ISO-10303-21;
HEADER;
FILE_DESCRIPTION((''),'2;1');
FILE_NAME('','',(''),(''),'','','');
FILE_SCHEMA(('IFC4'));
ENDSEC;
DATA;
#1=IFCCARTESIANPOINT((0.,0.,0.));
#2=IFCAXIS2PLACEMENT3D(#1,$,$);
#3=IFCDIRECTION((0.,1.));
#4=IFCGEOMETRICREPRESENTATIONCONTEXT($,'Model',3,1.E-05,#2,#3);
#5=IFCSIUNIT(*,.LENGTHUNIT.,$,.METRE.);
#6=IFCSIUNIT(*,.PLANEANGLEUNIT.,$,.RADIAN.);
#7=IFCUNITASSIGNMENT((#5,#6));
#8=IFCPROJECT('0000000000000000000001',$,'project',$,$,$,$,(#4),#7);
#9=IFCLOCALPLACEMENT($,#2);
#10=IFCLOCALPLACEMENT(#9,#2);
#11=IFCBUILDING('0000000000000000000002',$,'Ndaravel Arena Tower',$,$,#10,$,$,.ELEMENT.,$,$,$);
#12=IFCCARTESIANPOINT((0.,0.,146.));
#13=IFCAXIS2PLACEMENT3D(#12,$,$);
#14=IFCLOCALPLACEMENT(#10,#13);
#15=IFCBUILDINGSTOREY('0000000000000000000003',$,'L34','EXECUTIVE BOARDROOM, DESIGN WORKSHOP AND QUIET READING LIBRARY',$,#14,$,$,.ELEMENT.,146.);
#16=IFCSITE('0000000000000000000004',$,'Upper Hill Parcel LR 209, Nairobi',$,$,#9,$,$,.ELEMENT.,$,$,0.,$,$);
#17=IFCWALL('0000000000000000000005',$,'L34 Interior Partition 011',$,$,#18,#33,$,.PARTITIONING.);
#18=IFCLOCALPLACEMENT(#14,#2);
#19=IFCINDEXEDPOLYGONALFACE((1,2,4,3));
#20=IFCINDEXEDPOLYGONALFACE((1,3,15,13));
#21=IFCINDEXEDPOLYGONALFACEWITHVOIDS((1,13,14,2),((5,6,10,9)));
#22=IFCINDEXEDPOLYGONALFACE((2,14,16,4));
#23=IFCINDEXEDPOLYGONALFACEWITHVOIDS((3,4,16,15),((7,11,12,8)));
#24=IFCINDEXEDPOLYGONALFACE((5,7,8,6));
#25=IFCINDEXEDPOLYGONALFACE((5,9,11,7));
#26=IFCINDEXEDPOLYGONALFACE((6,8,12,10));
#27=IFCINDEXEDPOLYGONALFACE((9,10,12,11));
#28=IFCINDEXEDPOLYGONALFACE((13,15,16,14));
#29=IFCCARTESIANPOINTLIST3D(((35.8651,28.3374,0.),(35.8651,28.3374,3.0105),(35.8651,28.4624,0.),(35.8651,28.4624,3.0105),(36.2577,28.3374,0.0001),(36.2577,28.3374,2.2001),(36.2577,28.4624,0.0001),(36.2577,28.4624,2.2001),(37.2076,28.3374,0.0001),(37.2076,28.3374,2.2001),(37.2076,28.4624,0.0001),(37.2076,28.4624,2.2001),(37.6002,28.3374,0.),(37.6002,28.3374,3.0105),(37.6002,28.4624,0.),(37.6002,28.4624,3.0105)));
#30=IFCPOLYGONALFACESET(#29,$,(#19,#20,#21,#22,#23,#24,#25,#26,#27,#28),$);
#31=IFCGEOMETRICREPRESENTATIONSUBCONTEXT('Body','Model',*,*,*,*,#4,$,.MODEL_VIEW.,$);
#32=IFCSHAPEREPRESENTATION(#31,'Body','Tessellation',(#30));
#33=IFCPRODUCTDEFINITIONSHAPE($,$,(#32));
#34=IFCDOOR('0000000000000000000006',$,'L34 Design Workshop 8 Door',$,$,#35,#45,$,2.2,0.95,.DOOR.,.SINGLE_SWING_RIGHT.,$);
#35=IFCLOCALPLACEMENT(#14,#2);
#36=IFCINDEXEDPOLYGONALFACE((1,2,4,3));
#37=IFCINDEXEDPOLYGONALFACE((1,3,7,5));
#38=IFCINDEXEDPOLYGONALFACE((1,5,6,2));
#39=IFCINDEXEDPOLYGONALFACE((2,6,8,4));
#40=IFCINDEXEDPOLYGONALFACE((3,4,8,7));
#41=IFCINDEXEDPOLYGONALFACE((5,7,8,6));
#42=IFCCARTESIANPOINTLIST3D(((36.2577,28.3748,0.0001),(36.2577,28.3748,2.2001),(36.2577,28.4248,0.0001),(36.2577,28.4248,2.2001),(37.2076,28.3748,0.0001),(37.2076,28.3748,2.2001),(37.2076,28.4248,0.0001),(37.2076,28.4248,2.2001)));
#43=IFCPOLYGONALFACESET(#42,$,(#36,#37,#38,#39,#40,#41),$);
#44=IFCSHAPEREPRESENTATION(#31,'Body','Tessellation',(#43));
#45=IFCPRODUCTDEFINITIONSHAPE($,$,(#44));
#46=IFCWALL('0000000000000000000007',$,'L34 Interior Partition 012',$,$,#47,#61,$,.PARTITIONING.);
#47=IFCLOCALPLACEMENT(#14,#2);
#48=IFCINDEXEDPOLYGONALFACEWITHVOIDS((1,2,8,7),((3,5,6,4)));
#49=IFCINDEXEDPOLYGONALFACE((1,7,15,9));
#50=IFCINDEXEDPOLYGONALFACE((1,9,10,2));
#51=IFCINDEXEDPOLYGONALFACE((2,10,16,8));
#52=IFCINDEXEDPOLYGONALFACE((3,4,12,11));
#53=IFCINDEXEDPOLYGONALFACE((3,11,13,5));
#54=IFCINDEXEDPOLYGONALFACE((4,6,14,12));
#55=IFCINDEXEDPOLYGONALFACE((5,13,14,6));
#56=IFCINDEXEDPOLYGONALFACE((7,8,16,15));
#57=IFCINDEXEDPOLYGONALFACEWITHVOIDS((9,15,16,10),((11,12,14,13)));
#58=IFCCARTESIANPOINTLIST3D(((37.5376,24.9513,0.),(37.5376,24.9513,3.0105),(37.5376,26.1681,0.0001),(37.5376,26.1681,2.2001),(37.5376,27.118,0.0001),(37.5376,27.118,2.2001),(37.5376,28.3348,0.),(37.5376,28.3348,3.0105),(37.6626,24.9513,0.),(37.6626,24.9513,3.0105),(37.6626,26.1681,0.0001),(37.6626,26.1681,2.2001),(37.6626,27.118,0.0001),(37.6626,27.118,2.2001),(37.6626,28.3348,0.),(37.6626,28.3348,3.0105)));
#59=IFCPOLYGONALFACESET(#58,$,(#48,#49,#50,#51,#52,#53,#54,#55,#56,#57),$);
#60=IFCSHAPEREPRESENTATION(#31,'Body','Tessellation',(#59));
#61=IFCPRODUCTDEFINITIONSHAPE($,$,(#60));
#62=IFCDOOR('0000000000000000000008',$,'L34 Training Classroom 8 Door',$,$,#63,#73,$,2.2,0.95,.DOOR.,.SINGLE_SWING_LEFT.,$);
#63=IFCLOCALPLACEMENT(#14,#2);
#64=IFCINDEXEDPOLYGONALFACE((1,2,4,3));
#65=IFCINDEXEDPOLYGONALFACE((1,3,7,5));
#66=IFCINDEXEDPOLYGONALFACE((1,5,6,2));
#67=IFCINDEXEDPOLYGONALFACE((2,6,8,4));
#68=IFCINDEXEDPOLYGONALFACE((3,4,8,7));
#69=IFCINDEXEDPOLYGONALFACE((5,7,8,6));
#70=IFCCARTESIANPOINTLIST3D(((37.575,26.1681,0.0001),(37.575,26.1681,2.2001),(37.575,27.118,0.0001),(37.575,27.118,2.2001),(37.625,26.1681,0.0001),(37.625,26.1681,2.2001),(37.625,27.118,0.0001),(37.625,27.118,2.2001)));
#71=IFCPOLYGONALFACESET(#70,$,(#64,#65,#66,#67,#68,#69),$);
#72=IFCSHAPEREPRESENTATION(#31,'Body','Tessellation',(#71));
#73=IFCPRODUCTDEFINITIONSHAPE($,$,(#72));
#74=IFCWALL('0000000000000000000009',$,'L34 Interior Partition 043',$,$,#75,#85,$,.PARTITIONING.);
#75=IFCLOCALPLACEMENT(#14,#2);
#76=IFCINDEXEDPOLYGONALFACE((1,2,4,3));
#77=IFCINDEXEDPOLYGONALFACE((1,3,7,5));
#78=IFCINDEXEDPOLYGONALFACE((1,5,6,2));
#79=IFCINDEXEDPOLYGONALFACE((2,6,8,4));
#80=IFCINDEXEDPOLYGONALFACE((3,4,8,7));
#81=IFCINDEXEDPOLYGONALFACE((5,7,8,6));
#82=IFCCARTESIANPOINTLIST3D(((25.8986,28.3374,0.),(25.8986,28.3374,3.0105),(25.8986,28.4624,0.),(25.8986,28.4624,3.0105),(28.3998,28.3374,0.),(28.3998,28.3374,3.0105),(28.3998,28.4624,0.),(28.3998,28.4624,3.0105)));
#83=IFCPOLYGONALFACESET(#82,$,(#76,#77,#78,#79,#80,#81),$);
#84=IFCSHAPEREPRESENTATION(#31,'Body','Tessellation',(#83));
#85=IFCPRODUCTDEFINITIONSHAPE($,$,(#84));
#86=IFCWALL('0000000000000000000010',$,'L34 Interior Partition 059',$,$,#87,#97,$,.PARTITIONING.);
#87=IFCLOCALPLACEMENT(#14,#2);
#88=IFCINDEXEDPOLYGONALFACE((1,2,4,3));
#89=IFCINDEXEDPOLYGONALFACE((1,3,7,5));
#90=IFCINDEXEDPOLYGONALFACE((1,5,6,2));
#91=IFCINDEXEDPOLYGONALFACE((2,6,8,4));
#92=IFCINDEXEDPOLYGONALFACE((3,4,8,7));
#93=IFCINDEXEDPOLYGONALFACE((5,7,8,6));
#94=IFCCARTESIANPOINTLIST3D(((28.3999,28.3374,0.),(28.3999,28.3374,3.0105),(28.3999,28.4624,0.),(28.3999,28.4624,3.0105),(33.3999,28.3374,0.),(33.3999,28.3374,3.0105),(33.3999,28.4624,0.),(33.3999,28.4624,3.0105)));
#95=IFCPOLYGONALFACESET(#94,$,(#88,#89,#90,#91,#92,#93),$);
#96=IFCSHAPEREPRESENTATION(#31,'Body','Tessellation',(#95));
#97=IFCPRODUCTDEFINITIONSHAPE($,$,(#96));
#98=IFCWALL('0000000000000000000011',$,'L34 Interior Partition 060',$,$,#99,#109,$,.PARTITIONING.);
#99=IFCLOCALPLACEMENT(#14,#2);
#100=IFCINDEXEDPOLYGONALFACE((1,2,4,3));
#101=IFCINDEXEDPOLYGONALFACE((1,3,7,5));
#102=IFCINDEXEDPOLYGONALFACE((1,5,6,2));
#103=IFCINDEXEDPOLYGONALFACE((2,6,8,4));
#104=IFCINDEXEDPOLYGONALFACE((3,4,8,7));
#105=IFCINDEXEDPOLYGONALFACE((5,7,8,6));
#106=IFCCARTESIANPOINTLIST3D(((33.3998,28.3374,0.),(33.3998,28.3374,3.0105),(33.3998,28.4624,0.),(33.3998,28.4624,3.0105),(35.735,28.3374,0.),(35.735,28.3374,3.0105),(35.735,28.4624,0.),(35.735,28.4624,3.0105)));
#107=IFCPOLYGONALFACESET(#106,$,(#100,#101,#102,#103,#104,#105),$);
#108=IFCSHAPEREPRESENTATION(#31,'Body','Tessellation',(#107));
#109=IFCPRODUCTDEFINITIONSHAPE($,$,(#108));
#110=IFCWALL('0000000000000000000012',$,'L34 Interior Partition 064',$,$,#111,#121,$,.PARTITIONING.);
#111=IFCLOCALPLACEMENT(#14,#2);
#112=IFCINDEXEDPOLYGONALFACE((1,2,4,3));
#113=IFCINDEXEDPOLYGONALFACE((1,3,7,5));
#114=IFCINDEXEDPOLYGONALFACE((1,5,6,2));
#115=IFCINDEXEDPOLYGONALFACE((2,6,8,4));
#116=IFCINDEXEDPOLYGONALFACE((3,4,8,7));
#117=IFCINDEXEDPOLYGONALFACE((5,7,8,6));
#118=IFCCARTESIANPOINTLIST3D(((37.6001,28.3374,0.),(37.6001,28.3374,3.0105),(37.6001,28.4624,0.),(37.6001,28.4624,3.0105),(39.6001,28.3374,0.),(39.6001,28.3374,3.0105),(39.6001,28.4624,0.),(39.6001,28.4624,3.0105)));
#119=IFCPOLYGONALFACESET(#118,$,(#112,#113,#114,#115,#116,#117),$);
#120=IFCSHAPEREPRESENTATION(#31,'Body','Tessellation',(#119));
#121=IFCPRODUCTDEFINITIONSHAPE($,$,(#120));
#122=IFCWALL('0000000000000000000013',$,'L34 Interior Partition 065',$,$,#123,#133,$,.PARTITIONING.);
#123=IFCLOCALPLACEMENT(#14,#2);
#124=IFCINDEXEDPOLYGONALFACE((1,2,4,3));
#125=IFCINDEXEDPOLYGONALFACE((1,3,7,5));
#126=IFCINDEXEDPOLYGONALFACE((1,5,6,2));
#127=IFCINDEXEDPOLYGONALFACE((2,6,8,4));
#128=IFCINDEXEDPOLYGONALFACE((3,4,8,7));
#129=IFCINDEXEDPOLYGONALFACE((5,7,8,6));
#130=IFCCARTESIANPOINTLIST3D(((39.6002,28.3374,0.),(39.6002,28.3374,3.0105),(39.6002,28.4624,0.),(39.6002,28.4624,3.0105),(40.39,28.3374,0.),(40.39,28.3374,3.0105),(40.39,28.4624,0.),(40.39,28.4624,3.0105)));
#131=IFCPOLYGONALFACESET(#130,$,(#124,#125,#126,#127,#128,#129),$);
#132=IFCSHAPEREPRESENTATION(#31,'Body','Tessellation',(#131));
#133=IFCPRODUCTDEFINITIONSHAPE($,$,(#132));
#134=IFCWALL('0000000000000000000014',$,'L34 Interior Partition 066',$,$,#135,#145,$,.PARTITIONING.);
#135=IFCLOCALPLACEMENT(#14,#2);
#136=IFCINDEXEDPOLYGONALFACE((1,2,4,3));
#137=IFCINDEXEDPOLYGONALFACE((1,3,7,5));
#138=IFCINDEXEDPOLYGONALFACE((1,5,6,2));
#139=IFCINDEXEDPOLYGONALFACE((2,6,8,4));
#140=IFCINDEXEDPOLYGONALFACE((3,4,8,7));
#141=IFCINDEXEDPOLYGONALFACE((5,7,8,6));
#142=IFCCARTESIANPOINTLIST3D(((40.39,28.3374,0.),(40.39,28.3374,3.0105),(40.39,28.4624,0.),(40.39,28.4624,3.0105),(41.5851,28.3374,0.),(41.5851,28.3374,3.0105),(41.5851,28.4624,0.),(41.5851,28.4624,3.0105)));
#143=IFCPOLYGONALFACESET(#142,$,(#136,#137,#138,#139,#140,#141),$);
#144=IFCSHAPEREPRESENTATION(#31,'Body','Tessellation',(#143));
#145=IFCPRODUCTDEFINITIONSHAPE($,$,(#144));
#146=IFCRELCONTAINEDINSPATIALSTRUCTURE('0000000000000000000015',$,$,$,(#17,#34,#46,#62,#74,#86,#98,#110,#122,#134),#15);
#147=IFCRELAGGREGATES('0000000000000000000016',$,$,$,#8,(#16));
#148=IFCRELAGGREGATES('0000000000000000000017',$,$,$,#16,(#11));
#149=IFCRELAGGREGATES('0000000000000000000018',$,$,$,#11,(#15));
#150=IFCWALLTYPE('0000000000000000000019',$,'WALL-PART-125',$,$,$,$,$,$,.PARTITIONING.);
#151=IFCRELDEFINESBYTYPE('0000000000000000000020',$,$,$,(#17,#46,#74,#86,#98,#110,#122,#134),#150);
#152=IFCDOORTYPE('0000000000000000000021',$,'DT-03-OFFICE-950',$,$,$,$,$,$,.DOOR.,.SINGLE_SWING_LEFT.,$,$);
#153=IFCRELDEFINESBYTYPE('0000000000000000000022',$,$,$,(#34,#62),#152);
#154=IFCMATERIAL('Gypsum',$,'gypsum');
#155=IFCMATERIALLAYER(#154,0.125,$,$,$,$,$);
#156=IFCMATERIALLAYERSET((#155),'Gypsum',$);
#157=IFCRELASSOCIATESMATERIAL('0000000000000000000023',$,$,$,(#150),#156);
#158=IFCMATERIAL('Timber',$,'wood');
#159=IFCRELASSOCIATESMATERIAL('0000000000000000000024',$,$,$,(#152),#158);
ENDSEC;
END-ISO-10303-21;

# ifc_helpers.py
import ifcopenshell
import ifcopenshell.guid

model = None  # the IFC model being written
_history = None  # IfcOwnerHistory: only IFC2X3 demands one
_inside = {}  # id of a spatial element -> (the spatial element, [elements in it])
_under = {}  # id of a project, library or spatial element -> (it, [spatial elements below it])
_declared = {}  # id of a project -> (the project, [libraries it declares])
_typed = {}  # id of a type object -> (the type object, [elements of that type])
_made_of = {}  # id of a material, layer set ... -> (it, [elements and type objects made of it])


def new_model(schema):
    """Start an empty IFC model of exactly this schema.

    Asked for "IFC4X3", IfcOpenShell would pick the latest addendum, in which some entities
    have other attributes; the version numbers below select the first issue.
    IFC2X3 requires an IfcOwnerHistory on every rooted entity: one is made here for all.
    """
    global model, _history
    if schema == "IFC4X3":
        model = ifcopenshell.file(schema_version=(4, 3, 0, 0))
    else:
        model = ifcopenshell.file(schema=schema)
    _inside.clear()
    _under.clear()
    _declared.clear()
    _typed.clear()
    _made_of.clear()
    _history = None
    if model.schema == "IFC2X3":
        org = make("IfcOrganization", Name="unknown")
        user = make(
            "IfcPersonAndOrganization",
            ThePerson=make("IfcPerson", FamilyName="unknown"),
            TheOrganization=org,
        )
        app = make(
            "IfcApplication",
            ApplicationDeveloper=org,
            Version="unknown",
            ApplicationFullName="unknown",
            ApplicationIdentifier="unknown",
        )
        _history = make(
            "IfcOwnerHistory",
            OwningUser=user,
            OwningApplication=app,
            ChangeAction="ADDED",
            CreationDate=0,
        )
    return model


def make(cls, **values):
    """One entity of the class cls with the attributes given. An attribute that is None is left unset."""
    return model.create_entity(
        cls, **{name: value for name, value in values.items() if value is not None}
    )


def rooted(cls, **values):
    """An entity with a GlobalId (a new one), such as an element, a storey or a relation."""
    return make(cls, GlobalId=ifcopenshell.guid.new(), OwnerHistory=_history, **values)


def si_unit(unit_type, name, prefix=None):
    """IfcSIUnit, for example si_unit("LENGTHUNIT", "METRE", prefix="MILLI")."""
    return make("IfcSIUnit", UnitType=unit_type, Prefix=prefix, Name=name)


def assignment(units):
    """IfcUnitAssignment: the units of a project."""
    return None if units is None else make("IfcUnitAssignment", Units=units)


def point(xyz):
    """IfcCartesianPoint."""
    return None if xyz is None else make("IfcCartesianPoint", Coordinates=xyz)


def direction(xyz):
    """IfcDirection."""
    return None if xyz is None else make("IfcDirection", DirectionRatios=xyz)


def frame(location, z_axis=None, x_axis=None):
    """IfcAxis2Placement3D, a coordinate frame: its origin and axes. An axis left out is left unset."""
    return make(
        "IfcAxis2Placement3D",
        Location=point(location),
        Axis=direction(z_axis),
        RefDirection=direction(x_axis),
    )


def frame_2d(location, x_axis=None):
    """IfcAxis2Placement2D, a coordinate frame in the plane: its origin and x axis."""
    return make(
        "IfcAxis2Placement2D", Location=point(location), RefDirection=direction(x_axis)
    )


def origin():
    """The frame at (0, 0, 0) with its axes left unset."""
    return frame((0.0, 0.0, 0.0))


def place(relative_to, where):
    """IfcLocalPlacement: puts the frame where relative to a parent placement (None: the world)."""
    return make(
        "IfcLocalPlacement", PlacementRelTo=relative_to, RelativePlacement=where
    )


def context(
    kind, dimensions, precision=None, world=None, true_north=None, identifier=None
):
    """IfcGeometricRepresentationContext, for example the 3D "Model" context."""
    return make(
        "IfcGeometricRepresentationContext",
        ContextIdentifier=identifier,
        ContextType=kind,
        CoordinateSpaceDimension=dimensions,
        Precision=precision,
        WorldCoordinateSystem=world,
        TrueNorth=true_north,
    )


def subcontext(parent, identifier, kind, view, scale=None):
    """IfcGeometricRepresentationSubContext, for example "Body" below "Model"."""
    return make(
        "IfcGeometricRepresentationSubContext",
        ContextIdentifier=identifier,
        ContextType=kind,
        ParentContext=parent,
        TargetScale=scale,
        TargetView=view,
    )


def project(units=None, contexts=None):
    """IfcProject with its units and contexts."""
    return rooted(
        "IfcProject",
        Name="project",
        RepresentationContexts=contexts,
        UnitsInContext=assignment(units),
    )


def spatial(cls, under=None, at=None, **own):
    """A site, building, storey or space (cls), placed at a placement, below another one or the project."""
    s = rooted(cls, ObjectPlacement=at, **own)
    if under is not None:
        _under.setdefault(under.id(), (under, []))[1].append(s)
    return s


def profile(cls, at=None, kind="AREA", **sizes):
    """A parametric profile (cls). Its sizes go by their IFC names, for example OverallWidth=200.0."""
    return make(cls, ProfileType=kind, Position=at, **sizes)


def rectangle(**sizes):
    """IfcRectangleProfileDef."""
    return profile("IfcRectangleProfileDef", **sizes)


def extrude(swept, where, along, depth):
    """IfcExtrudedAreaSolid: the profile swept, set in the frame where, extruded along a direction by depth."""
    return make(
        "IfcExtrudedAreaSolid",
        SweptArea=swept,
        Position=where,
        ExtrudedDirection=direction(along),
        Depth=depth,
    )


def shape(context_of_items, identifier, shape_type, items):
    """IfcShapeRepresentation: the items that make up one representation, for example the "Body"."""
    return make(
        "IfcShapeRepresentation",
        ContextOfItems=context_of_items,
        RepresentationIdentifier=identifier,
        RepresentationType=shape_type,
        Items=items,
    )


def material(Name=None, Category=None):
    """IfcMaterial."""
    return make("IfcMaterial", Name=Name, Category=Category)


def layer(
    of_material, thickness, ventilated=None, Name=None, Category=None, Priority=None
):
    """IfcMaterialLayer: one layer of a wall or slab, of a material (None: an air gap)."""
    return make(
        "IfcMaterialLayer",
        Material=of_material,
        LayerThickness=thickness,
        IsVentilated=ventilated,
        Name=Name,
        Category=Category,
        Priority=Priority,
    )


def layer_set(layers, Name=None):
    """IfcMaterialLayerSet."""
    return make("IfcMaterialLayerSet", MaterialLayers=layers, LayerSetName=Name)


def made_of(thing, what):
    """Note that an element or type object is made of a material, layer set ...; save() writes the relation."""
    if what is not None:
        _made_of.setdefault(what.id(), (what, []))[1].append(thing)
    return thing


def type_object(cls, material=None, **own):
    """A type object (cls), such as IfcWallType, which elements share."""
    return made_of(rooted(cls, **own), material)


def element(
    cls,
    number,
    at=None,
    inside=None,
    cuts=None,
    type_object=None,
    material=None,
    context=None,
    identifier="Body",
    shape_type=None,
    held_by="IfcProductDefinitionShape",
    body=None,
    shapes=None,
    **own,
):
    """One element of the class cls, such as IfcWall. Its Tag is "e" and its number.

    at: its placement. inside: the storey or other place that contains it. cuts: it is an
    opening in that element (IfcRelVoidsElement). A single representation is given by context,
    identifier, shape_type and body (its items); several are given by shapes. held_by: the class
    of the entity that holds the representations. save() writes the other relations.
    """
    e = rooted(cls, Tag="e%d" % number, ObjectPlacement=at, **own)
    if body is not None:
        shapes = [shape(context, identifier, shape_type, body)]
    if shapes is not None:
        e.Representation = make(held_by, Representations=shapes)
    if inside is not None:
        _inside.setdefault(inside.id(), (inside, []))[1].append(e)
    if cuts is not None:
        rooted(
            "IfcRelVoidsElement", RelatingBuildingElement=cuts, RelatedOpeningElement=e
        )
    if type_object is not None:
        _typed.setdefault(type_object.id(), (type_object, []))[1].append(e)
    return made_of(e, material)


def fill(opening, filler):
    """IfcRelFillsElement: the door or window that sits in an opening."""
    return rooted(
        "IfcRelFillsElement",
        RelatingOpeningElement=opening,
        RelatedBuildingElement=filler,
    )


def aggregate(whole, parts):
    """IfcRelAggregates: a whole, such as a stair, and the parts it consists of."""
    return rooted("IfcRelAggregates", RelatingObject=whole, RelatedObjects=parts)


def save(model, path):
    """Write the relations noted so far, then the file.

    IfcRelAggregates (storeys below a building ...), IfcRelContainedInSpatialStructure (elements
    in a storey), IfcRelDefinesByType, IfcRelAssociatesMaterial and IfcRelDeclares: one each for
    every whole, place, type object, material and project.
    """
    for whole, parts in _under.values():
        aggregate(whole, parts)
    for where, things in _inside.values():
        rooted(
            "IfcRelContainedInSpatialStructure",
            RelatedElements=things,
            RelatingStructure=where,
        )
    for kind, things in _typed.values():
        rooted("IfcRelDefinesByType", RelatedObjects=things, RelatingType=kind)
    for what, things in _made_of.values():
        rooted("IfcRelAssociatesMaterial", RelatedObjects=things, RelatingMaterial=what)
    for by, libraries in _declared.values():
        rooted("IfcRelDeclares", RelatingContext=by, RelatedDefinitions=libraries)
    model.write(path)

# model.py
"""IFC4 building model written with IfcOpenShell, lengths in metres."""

from ifc_helpers import new_model, si_unit, direction, frame, frame_2d, origin, place, context, subcontext, project, spatial, rectangle, extrude, material, layer, layer_set, type_object, element, fill, save


model = new_model("IFC4")

# Units and contexts
model_context = context("Model", 3, precision=1e-05, world=origin(), true_north=direction((0.0, 1.0)))
body_context = subcontext(model_context, "Body", "Model", "MODEL_VIEW")
ifc_project = project(units=[si_unit("LENGTHUNIT", "METRE"), si_unit("PLANEANGLEUNIT", "RADIAN")], contexts=[model_context])

# Site, building, storey
site_placement = place(None, origin())
site = spatial("IfcSite", under=ifc_project, at=site_placement, Name="Upper Hill Parcel LR 209, Nairobi", CompositionType="ELEMENT", RefElevation=0.0)
building_placement = place(site_placement, origin())
building = spatial("IfcBuilding", under=site, at=building_placement, Name="Ndaravel Arena Tower", CompositionType="ELEMENT")
storey_placement = place(building_placement, frame((0.0, 0.0, 146.0)))
storey = spatial("IfcBuildingStorey", under=building, at=storey_placement, Name="L34", Description="EXECUTIVE BOARDROOM, DESIGN WORKSHOP AND QUIET READING LIBRARY", CompositionType="ELEMENT", Elevation=146.0)

# Walls, openings, doors
ifc_material_1 = material(Name="Gypsum", Category="gypsum")
ifc_layer_1 = layer(ifc_material_1, 0.125)
ifc_layer_set_1 = layer_set([ifc_layer_1], Name="Gypsum")
wall_type = type_object("IfcWallType", Name="WALL-PART-125", PredefinedType="PARTITIONING", material=ifc_layer_set_1)
wall_1_placement = place(storey_placement, frame((35.865, 28.3999, 0.0), z_axis=(0.0, 0.0, 1.0), x_axis=(1.0, 0.0, 0.0)))
wall_1 = element("IfcWall", 1, at=wall_1_placement, inside=storey, type_object=wall_type, Name="L34 Interior Partition 011", PredefinedType="PARTITIONING", context=body_context, shape_type="SweptSolid", body=[
    extrude(rectangle(XDim=1.7351, YDim=0.125, at=frame_2d((0.8677, 0.0))), origin(), (0.0, 0.0, 1.0), 3.0105),
])
opening_1_placement = place(wall_1_placement, frame((0.3926, 0.0, 0.0)))
opening_1 = element("IfcOpeningElement", 2, at=opening_1_placement, cuts=wall_1, PredefinedType="OPENING", context=body_context, shape_type="SweptSolid", body=[
    extrude(rectangle(XDim=0.95, YDim=2.2, at=frame_2d((0.4751, 1.1001))), frame((0.0, 0.0625, 0.0), z_axis=(0.0, -1.0, 0.0), x_axis=(1.0, 0.0, 0.0)), (0.0, 0.0, 1.0), 0.125),
])
ifc_material_2 = material(Name="Timber", Category="wood")
door_type = type_object("IfcDoorType", Name="DT-03-OFFICE-950", OperationType="SINGLE_SWING_LEFT", PredefinedType="DOOR", material=ifc_material_2)
door_1_placement = place(opening_1_placement, origin())
door_1 = element("IfcDoor", 3, at=door_1_placement, inside=storey, type_object=door_type, Name="L34 Design Workshop 8 Door", OperationType="SINGLE_SWING_RIGHT", OverallHeight=2.2, OverallWidth=0.95, PredefinedType="DOOR", context=body_context, shape_type="SweptSolid", body=[
    extrude(rectangle(XDim=0.95, YDim=2.2, at=frame_2d((0.4751, 1.1001))), frame((0.0, 0.0249, 0.0), z_axis=(0.0, -1.0, 0.0), x_axis=(1.0, 0.0, 0.0)), (0.0, 0.0, 1.0), 0.05),
])
fill(opening_1, door_1)
wall_2_placement = place(storey_placement, frame((37.6001, 28.335, 0.0), z_axis=(0.0, 0.0, 1.0), x_axis=(0.0, -1.0, 0.0)))
wall_2 = element("IfcWall", 4, at=wall_2_placement, inside=storey, type_object=wall_type, Name="L34 Interior Partition 012", PredefinedType="PARTITIONING", context=body_context, shape_type="SweptSolid", body=[
    extrude(rectangle(XDim=3.3835, YDim=0.125, at=frame_2d((1.6919, 0.0))), origin(), (0.0, 0.0, 1.0), 3.0105),
])
opening_2_placement = place(wall_2_placement, frame((1.2168, 0.0, 0.0)))
opening_2 = element("IfcOpeningElement", 5, at=opening_2_placement, cuts=wall_2, PredefinedType="OPENING", context=body_context, shape_type="SweptSolid", body=[
    extrude(rectangle(XDim=0.95, YDim=2.2, at=frame_2d((0.4751, 1.1001))), frame((0.0, 0.0625, 0.0), z_axis=(0.0, -1.0, 0.0), x_axis=(1.0, 0.0, 0.0)), (0.0, 0.0, 1.0), 0.125),
])
door_2_placement = place(opening_2_placement, origin())
door_2 = element("IfcDoor", 6, at=door_2_placement, inside=storey, type_object=door_type, Name="L34 Training Classroom 8 Door", OperationType="SINGLE_SWING_LEFT", OverallHeight=2.2, OverallWidth=0.95, PredefinedType="DOOR", context=body_context, shape_type="SweptSolid", body=[
    extrude(rectangle(XDim=0.95, YDim=2.2, at=frame_2d((0.4751, 1.1001))), frame((0.0, 0.0249, 0.0), z_axis=(0.0, -1.0, 0.0), x_axis=(1.0, 0.0, 0.0)), (0.0, 0.0, 1.0), 0.05),
])
fill(opening_2, door_2)

# Walls
wall_3_placement = place(storey_placement, frame((25.8987, 28.3999, 0.0), z_axis=(0.0, 0.0, 1.0), x_axis=(1.0, 0.0, 0.0)))
element("IfcWall", 7, at=wall_3_placement, inside=storey, type_object=wall_type, Name="L34 Interior Partition 043", PredefinedType="PARTITIONING", context=body_context, shape_type="SweptSolid", body=[
    extrude(rectangle(XDim=2.5012, YDim=0.125, at=frame_2d((1.2505, 0.0))), origin(), (0.0, 0.0, 1.0), 3.0105),
])
wall_4_placement = place(storey_placement, frame((28.3999, 28.3999, 0.0), z_axis=(0.0, 0.0, 1.0), x_axis=(1.0, 0.0, 0.0)))
element("IfcWall", 8, at=wall_4_placement, inside=storey, type_object=wall_type, Name="L34 Interior Partition 059", PredefinedType="PARTITIONING", context=body_context, shape_type="SweptSolid", body=[
    extrude(rectangle(XDim=5.0, YDim=0.125, at=frame_2d((2.5, 0.0))), origin(), (0.0, 0.0, 1.0), 3.0105),
])
wall_5_placement = place(storey_placement, frame((33.3999, 28.3999, 0.0), z_axis=(0.0, 0.0, 1.0), x_axis=(1.0, 0.0, 0.0)))
element("IfcWall", 9, at=wall_5_placement, inside=storey, type_object=wall_type, Name="L34 Interior Partition 060", PredefinedType="PARTITIONING", context=body_context, shape_type="SweptSolid", body=[
    extrude(rectangle(XDim=2.3352, YDim=0.125, at=frame_2d((1.1675, 0.0))), origin(), (0.0, 0.0, 1.0), 3.0105),
])
wall_6_placement = place(storey_placement, frame((37.6001, 28.3999, 0.0), z_axis=(0.0, 0.0, 1.0), x_axis=(1.0, 0.0, 0.0)))
element("IfcWall", 10, at=wall_6_placement, inside=storey, type_object=wall_type, Name="L34 Interior Partition 064", PredefinedType="PARTITIONING", context=body_context, shape_type="SweptSolid", body=[
    extrude(rectangle(XDim=2.0, YDim=0.125, at=frame_2d((1.0, 0.0))), origin(), (0.0, 0.0, 1.0), 3.0105),
])
wall_7_placement = place(storey_placement, frame((39.6001, 28.3999, 0.0), z_axis=(0.0, 0.0, 1.0), x_axis=(1.0, 0.0, 0.0)))
element("IfcWall", 11, at=wall_7_placement, inside=storey, type_object=wall_type, Name="L34 Interior Partition 065", PredefinedType="PARTITIONING", context=body_context, shape_type="SweptSolid", body=[
    extrude(rectangle(XDim=0.7898, YDim=0.125, at=frame_2d((0.395, 0.0))), origin(), (0.0, 0.0, 1.0), 3.0105),
])
wall_8_placement = place(storey_placement, frame((40.3899, 28.3999, 0.0), z_axis=(0.0, 0.0, 1.0), x_axis=(1.0, 0.0, 0.0)))
element("IfcWall", 12, at=wall_8_placement, inside=storey, type_object=wall_type, Name="L34 Interior Partition 066", PredefinedType="PARTITIONING", context=body_context, shape_type="SweptSolid", body=[
    extrude(rectangle(XDim=1.1951, YDim=0.125, at=frame_2d((0.5977, 0.0))), origin(), (0.0, 0.0, 1.0), 3.0105),
])

save(model, "model.ifc")
